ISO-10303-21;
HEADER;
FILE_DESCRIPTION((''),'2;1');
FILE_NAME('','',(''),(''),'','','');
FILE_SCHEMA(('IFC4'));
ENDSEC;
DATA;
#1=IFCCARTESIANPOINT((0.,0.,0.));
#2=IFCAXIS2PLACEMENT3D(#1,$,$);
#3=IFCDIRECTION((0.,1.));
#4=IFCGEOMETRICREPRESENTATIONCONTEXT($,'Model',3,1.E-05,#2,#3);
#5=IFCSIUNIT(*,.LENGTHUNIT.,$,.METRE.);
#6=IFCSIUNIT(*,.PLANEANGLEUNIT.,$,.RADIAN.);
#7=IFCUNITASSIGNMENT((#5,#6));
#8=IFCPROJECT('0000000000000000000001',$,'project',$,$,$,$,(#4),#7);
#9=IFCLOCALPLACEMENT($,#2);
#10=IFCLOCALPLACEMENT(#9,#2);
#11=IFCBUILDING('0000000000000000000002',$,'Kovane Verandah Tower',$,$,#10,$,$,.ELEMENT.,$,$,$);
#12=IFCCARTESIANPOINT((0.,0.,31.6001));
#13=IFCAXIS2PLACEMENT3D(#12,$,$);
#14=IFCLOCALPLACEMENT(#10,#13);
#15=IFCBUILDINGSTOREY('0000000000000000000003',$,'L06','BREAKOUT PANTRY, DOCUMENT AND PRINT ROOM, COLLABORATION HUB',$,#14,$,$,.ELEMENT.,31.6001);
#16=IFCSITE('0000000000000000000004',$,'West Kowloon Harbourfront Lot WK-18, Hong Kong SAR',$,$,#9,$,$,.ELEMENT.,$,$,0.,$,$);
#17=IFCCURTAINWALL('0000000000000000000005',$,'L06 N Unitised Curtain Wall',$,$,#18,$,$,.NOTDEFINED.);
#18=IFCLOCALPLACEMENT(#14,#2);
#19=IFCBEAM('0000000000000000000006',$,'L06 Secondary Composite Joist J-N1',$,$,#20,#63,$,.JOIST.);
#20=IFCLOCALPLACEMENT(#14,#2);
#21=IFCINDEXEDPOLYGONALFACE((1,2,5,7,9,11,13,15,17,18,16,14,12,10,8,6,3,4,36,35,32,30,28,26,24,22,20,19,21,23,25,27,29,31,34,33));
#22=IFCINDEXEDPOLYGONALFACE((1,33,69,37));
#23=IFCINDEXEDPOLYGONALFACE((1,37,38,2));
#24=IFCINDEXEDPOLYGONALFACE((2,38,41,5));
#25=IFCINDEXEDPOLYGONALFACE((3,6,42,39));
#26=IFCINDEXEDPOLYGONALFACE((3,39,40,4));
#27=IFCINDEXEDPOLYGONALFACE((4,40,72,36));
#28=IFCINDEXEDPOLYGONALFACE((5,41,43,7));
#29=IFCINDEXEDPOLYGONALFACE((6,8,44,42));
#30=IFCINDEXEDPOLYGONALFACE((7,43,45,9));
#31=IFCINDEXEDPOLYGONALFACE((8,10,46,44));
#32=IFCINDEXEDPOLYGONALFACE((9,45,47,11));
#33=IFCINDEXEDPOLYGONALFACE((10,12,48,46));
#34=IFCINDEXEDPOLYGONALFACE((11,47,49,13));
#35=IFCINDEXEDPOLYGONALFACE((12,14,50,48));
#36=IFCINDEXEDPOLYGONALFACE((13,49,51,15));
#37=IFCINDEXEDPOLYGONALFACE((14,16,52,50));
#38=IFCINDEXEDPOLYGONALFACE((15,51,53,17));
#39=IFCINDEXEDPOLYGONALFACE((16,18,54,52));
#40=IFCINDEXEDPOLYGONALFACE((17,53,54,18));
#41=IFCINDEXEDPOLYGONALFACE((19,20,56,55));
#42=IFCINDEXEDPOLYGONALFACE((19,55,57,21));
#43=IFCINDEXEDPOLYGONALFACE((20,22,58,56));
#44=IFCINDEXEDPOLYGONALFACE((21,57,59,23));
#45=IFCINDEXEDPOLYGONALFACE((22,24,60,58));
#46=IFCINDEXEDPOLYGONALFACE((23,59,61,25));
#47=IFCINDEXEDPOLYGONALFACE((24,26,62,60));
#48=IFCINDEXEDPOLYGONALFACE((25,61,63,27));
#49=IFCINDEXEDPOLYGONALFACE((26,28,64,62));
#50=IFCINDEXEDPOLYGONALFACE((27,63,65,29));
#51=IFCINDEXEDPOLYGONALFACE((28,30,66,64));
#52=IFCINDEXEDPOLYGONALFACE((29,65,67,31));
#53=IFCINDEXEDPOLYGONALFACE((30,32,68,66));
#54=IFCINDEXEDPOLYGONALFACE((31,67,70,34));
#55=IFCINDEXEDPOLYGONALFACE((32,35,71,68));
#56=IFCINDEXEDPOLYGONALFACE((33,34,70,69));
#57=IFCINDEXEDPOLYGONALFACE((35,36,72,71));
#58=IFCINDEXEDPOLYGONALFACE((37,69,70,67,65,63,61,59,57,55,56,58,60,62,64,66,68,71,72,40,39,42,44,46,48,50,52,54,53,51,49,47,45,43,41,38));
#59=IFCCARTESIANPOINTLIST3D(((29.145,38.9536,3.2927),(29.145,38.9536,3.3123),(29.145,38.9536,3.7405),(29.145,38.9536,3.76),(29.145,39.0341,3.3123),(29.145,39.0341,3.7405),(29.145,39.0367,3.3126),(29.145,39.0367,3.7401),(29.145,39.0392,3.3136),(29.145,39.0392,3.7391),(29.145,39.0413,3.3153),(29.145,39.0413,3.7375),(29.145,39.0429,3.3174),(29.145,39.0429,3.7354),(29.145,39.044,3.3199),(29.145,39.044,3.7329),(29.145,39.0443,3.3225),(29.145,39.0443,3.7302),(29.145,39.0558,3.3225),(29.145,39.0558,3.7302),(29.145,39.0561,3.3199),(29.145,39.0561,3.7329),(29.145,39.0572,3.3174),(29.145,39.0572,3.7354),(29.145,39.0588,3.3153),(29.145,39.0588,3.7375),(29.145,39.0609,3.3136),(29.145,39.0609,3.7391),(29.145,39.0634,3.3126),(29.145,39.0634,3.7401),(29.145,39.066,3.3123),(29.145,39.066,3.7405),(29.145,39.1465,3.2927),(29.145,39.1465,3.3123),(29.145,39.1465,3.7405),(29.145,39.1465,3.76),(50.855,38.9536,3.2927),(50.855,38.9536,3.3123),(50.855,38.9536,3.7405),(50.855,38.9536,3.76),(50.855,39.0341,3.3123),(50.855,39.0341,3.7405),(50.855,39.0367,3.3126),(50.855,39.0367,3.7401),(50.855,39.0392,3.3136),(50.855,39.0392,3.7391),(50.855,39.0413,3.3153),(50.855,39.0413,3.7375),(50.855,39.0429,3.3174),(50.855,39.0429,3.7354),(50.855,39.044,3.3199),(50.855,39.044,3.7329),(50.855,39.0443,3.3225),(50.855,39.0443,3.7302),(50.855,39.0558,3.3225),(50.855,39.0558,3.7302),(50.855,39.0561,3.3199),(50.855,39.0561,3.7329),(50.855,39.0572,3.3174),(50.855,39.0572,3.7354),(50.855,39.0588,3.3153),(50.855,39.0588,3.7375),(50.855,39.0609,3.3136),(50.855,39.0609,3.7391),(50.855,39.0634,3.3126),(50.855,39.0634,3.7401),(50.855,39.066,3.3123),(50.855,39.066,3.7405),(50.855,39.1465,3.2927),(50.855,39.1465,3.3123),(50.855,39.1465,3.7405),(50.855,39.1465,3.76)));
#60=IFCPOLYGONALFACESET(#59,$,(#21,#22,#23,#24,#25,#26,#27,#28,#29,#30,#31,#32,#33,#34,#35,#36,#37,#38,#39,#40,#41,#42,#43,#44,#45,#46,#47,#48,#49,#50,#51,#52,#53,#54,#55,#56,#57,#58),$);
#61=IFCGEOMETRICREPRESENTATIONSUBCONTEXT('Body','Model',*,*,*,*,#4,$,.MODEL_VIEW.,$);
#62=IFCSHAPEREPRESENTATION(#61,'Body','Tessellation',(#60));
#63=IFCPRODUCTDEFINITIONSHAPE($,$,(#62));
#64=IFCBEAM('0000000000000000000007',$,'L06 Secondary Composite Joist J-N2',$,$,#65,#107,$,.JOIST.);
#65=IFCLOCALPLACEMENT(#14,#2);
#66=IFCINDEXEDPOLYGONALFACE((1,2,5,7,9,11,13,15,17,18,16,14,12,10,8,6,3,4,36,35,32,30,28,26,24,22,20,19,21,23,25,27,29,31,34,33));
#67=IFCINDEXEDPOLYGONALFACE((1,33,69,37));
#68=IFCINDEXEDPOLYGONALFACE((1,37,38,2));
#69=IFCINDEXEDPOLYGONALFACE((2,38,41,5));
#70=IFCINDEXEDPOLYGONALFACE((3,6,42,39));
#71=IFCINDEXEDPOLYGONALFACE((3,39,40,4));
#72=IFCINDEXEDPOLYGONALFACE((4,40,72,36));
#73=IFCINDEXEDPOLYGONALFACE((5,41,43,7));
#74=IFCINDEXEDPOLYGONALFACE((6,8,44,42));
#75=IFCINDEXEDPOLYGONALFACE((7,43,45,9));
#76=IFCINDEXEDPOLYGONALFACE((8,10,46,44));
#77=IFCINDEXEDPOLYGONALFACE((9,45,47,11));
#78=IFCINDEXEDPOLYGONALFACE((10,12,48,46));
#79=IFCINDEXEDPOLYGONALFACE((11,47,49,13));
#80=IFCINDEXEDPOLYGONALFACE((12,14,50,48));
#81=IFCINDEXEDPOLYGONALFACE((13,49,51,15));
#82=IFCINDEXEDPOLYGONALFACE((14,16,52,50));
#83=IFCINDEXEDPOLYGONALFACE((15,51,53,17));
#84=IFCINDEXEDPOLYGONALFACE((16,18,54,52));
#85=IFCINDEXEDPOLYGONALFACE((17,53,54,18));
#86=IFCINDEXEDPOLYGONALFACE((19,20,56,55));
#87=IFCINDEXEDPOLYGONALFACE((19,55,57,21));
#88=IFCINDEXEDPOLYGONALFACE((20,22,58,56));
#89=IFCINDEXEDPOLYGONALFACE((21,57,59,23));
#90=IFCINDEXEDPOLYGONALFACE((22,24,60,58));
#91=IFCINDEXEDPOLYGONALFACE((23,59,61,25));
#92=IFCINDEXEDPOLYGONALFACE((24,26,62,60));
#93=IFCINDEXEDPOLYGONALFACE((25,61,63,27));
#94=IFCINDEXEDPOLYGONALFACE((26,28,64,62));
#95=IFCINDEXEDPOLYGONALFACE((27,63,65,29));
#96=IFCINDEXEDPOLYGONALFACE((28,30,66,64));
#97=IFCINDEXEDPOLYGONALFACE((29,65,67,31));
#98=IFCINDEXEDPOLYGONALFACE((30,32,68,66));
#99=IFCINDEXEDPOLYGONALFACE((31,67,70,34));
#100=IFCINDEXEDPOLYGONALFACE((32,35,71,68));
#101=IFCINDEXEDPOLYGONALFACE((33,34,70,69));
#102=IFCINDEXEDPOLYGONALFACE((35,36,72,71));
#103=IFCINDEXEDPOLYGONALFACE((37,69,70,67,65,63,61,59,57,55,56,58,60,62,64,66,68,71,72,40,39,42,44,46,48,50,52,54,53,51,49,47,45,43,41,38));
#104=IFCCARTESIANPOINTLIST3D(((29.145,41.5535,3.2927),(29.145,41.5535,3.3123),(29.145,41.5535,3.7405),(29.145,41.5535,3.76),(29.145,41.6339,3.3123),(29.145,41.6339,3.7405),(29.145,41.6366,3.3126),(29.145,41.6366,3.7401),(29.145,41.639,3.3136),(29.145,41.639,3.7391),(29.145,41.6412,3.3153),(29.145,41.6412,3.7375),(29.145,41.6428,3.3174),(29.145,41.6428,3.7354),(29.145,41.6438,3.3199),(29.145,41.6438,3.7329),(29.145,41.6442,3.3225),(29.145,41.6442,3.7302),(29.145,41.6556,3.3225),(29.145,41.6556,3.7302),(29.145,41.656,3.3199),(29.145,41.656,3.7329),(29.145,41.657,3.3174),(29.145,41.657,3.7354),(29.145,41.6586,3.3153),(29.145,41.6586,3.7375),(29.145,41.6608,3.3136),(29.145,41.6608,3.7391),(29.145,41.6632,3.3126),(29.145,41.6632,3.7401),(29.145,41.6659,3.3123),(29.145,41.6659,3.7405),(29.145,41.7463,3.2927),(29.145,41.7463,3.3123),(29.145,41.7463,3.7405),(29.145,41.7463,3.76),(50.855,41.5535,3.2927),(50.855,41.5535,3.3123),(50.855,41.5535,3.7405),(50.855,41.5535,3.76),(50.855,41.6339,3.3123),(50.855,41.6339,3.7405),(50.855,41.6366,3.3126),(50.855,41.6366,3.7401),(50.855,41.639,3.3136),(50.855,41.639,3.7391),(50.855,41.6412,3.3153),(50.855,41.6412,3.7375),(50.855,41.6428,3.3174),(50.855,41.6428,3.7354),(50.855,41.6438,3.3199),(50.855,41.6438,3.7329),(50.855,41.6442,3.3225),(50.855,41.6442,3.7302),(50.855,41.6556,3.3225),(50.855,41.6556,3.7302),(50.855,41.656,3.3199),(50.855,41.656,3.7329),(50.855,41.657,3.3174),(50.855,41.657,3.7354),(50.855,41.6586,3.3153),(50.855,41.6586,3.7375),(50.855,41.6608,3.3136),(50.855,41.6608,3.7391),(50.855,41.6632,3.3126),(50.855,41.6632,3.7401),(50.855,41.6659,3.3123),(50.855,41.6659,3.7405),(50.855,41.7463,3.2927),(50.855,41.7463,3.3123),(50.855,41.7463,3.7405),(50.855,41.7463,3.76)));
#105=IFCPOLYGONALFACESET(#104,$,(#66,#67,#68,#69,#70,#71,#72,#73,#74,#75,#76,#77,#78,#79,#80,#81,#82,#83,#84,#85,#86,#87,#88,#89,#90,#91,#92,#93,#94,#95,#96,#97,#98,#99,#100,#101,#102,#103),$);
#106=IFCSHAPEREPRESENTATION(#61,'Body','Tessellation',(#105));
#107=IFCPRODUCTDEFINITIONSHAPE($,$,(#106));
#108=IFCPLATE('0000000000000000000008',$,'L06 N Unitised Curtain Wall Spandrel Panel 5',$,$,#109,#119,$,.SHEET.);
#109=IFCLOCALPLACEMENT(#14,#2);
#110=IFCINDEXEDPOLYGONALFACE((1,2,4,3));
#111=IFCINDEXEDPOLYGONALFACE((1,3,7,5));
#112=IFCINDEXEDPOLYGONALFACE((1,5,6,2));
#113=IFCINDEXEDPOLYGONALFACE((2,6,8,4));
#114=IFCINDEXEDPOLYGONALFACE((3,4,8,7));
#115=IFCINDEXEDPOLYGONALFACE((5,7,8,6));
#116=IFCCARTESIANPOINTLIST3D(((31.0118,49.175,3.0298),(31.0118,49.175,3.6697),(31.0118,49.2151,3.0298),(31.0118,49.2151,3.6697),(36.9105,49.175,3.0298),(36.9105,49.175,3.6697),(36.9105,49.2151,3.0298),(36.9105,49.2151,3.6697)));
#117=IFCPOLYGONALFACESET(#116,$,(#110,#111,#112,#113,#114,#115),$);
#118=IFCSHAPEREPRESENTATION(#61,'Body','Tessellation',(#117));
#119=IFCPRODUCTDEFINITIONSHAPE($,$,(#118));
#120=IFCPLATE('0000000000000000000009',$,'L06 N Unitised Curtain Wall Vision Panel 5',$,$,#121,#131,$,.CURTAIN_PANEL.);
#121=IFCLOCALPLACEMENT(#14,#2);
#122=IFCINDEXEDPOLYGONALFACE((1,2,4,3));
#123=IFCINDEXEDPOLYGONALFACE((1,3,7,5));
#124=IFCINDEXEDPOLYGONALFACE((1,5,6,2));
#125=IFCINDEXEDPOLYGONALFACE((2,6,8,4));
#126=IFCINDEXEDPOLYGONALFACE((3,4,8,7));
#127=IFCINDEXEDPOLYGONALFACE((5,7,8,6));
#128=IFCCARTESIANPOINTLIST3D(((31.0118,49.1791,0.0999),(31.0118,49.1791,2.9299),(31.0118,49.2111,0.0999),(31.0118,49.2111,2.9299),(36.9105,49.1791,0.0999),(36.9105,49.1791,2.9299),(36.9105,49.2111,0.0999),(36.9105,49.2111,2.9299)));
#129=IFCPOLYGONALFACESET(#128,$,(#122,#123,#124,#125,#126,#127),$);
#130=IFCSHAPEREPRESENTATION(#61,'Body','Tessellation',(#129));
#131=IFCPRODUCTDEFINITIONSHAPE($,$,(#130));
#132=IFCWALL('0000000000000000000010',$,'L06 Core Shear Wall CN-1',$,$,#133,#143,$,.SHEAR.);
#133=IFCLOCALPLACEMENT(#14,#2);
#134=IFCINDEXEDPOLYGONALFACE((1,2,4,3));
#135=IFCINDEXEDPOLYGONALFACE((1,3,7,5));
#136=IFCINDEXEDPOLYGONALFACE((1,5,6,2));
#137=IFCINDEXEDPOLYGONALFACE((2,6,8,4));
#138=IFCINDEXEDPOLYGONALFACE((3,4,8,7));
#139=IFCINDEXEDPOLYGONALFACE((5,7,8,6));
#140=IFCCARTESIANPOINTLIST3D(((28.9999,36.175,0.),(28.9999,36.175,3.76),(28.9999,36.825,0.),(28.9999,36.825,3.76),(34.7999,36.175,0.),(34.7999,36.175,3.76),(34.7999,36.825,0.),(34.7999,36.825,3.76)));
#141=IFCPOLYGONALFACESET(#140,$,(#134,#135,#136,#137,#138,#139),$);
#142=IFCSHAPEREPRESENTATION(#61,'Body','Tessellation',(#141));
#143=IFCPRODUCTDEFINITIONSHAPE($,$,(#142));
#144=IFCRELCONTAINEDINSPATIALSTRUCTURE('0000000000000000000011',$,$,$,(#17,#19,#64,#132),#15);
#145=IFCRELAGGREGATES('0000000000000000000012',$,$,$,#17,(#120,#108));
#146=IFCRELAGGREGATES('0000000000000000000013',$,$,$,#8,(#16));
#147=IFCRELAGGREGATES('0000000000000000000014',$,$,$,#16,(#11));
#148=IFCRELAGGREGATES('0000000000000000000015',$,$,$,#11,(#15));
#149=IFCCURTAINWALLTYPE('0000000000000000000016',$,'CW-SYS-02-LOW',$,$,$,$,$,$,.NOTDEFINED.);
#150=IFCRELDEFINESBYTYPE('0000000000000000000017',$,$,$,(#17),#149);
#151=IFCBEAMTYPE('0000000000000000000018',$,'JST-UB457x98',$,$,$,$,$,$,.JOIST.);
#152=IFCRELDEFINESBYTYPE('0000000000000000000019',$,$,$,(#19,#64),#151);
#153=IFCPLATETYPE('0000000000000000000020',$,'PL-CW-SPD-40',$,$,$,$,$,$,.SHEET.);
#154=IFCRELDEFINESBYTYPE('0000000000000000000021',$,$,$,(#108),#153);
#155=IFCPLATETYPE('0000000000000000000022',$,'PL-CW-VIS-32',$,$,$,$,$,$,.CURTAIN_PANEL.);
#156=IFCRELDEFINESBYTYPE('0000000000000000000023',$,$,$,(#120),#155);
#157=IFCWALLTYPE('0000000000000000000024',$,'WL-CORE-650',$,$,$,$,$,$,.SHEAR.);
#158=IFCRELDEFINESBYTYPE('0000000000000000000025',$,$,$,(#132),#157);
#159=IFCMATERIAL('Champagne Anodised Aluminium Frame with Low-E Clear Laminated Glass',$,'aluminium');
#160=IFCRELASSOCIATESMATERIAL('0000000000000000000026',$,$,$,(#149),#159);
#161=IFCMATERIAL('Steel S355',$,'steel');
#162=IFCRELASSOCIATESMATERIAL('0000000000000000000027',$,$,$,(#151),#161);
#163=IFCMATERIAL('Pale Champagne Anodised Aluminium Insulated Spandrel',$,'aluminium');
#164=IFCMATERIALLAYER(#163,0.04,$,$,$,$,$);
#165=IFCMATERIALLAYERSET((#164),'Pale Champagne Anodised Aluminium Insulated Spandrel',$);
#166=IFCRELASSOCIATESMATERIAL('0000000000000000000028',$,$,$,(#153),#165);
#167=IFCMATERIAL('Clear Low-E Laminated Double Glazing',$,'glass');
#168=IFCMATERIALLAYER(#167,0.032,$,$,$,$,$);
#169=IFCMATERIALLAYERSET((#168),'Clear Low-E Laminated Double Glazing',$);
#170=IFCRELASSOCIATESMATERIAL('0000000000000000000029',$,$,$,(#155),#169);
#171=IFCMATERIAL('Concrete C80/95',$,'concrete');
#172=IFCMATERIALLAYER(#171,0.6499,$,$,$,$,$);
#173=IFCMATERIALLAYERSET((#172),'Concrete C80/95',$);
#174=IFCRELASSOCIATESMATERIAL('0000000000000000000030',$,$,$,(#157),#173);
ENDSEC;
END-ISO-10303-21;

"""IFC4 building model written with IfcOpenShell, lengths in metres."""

from ifc_helpers import new_model, si_unit, direction, frame, frame_2d, origin, origin_2d, place, context, subcontext, project, spatial, rectangle, i_section, extrude, material, layer, layer_set, material_profile, profile_set, type_object, element, aggregate, save


model = new_model("IFC4")

# Units and contexts
model_context = context("Model", 3, precision=1e-05, world=origin(), true_north=direction((0.0, 1.0)))
body_context = subcontext(model_context, "Body", "Model", "MODEL_VIEW")
ifc_project = project(units=[si_unit("LENGTHUNIT", "METRE"), si_unit("PLANEANGLEUNIT", "RADIAN")], contexts=[model_context])

# Site, building, storey
site_placement = place(None, origin())
site = spatial("IfcSite", under=ifc_project, at=site_placement, Name="West Kowloon Harbourfront Lot WK-18, Hong Kong SAR", CompositionType="ELEMENT", RefElevation=0.0)
building_placement = place(site_placement, origin())
building = spatial("IfcBuilding", under=site, at=building_placement, Name="Kovane Verandah Tower", CompositionType="ELEMENT")
storey_placement = place(building_placement, frame((0.0, 0.0, 31.6001)))
storey = spatial("IfcBuildingStorey", under=building, at=storey_placement, Name="L06", Description="BREAKOUT PANTRY, DOCUMENT AND PRINT ROOM, COLLABORATION HUB", CompositionType="ELEMENT", Elevation=31.6001)

# Shared definitions
ifc_material_1 = material(Name="Concrete C80/95", Category="concrete")

# Shared definitions
ifc_material_2 = material(Name="Steel S355", Category="steel")

# Curtain wall
ifc_material_3 = material(Name="Champagne Anodised Aluminium Frame with Low-E Clear Laminated Glass", Category="aluminium")
curtain_wall_type = type_object("IfcCurtainWallType", Name="CW-SYS-02-LOW", PredefinedType="NOTDEFINED", material=ifc_material_3)
curtain_wall_placement = place(storey_placement, origin())
curtain_wall = element("IfcCurtainWall", 1, at=curtain_wall_placement, inside=storey, type_object=curtain_wall_type, Name="L06 N Unitised Curtain Wall", PredefinedType="NOTDEFINED")

# Beams
ifc_material_profile_1 = material_profile(ifc_material_2, i_section(OverallWidth=0.1929, OverallDepth=0.4673, WebThickness=0.0115, FlangeThickness=0.0195, FilletRadius=0.0103, at=origin_2d()), Name="UB457x191x98")
ifc_profile_set_1 = profile_set([ifc_material_profile_1], Name="Steel S355")
beam_type_1 = type_object("IfcBeamType", Name="JST-UB457x98", PredefinedType="JOIST", material=ifc_profile_set_1)
for number, where, z_axis, x_axis, name in (
    (2, (29.145, 39.05, 3.5264), (1.0, 0.0, 0.0), (0.0, 1.0, 0.0), "L06 Secondary Composite Joist J-N1"),
    (3, (29.145, 41.6499, 3.5264), (1.0, 0.0, 0.0), (0.0, 1.0, 0.0), "L06 Secondary Composite Joist J-N2"),
):
    element("IfcBeam", number, at=place(storey_placement, frame(where, z_axis=z_axis, x_axis=x_axis)), inside=storey, type_object=beam_type_1, Name=name, PredefinedType="JOIST", context=body_context, shape_type="SweptSolid", body=[
        extrude(i_section(OverallWidth=0.1929, OverallDepth=0.4673, WebThickness=0.0115, FlangeThickness=0.0195, FilletRadius=0.0103, at=origin_2d()), origin(), (0.0, 0.0, 1.0), 21.71),
    ])

# Plates
ifc_material_4 = material(Name="Pale Champagne Anodised Aluminium Insulated Spandrel", Category="aluminium")
ifc_layer_1 = layer(ifc_material_4, 0.04)
ifc_layer_set_1 = layer_set([ifc_layer_1], Name="Pale Champagne Anodised Aluminium Insulated Spandrel")
plate_type_1 = type_object("IfcPlateType", Name="PL-CW-SPD-40", PredefinedType="SHEET", material=ifc_layer_set_1)
plate_1_placement = place(storey_placement, frame((33.9612, 49.1951, 3.0298), z_axis=(0.0, 0.0, 1.0), x_axis=(-1.0, 0.0, 0.0)))
plate_1 = element("IfcPlate", 4, at=plate_1_placement, type_object=plate_type_1, Name="L06 N Unitised Curtain Wall Spandrel Panel 5", PredefinedType="SHEET", context=body_context, shape_type="SweptSolid", body=[
    extrude(rectangle(XDim=5.8987, YDim=0.04, at=origin_2d()), origin(), (0.0, 0.0, 1.0), 0.6399),
])
ifc_material_5 = material(Name="Clear Low-E Laminated Double Glazing", Category="glass")
ifc_layer_2 = layer(ifc_material_5, 0.032)
ifc_layer_set_2 = layer_set([ifc_layer_2], Name="Clear Low-E Laminated Double Glazing")
plate_type_2 = type_object("IfcPlateType", Name="PL-CW-VIS-32", PredefinedType="CURTAIN_PANEL", material=ifc_layer_set_2)
plate_2_placement = place(storey_placement, frame((33.9612, 49.1951, 0.0999), z_axis=(0.0, 0.0, 1.0), x_axis=(-1.0, 0.0, 0.0)))
plate_2 = element("IfcPlate", 5, at=plate_2_placement, type_object=plate_type_2, Name="L06 N Unitised Curtain Wall Vision Panel 5", PredefinedType="CURTAIN_PANEL", context=body_context, shape_type="SweptSolid", body=[
    extrude(rectangle(XDim=5.8987, YDim=0.032, at=origin_2d()), origin(), (0.0, 0.0, 1.0), 2.8301),
])
aggregate(curtain_wall, [plate_2, plate_1])

# Wall
ifc_layer_3 = layer(ifc_material_1, 0.6499)
ifc_layer_set_3 = layer_set([ifc_layer_3], Name="Concrete C80/95")
wall_type = type_object("IfcWallType", Name="WL-CORE-650", PredefinedType="SHEAR", material=ifc_layer_set_3)
wall_1_placement = place(storey_placement, frame((29.0, 36.5, 0.0), z_axis=(0.0, 0.0, 1.0), x_axis=(1.0, 0.0, 0.0)))
element("IfcWall", 6, at=wall_1_placement, inside=storey, type_object=wall_type, Name="L06 Core Shear Wall CN-1", PredefinedType="SHEAR", context=body_context, shape_type="SweptSolid", body=[
    extrude(rectangle(XDim=5.8, YDim=0.6499, at=frame_2d((2.8999, 0.0))), origin(), (0.0, 0.0, 1.0), 3.76),
])

save(model, "model.ifc")
